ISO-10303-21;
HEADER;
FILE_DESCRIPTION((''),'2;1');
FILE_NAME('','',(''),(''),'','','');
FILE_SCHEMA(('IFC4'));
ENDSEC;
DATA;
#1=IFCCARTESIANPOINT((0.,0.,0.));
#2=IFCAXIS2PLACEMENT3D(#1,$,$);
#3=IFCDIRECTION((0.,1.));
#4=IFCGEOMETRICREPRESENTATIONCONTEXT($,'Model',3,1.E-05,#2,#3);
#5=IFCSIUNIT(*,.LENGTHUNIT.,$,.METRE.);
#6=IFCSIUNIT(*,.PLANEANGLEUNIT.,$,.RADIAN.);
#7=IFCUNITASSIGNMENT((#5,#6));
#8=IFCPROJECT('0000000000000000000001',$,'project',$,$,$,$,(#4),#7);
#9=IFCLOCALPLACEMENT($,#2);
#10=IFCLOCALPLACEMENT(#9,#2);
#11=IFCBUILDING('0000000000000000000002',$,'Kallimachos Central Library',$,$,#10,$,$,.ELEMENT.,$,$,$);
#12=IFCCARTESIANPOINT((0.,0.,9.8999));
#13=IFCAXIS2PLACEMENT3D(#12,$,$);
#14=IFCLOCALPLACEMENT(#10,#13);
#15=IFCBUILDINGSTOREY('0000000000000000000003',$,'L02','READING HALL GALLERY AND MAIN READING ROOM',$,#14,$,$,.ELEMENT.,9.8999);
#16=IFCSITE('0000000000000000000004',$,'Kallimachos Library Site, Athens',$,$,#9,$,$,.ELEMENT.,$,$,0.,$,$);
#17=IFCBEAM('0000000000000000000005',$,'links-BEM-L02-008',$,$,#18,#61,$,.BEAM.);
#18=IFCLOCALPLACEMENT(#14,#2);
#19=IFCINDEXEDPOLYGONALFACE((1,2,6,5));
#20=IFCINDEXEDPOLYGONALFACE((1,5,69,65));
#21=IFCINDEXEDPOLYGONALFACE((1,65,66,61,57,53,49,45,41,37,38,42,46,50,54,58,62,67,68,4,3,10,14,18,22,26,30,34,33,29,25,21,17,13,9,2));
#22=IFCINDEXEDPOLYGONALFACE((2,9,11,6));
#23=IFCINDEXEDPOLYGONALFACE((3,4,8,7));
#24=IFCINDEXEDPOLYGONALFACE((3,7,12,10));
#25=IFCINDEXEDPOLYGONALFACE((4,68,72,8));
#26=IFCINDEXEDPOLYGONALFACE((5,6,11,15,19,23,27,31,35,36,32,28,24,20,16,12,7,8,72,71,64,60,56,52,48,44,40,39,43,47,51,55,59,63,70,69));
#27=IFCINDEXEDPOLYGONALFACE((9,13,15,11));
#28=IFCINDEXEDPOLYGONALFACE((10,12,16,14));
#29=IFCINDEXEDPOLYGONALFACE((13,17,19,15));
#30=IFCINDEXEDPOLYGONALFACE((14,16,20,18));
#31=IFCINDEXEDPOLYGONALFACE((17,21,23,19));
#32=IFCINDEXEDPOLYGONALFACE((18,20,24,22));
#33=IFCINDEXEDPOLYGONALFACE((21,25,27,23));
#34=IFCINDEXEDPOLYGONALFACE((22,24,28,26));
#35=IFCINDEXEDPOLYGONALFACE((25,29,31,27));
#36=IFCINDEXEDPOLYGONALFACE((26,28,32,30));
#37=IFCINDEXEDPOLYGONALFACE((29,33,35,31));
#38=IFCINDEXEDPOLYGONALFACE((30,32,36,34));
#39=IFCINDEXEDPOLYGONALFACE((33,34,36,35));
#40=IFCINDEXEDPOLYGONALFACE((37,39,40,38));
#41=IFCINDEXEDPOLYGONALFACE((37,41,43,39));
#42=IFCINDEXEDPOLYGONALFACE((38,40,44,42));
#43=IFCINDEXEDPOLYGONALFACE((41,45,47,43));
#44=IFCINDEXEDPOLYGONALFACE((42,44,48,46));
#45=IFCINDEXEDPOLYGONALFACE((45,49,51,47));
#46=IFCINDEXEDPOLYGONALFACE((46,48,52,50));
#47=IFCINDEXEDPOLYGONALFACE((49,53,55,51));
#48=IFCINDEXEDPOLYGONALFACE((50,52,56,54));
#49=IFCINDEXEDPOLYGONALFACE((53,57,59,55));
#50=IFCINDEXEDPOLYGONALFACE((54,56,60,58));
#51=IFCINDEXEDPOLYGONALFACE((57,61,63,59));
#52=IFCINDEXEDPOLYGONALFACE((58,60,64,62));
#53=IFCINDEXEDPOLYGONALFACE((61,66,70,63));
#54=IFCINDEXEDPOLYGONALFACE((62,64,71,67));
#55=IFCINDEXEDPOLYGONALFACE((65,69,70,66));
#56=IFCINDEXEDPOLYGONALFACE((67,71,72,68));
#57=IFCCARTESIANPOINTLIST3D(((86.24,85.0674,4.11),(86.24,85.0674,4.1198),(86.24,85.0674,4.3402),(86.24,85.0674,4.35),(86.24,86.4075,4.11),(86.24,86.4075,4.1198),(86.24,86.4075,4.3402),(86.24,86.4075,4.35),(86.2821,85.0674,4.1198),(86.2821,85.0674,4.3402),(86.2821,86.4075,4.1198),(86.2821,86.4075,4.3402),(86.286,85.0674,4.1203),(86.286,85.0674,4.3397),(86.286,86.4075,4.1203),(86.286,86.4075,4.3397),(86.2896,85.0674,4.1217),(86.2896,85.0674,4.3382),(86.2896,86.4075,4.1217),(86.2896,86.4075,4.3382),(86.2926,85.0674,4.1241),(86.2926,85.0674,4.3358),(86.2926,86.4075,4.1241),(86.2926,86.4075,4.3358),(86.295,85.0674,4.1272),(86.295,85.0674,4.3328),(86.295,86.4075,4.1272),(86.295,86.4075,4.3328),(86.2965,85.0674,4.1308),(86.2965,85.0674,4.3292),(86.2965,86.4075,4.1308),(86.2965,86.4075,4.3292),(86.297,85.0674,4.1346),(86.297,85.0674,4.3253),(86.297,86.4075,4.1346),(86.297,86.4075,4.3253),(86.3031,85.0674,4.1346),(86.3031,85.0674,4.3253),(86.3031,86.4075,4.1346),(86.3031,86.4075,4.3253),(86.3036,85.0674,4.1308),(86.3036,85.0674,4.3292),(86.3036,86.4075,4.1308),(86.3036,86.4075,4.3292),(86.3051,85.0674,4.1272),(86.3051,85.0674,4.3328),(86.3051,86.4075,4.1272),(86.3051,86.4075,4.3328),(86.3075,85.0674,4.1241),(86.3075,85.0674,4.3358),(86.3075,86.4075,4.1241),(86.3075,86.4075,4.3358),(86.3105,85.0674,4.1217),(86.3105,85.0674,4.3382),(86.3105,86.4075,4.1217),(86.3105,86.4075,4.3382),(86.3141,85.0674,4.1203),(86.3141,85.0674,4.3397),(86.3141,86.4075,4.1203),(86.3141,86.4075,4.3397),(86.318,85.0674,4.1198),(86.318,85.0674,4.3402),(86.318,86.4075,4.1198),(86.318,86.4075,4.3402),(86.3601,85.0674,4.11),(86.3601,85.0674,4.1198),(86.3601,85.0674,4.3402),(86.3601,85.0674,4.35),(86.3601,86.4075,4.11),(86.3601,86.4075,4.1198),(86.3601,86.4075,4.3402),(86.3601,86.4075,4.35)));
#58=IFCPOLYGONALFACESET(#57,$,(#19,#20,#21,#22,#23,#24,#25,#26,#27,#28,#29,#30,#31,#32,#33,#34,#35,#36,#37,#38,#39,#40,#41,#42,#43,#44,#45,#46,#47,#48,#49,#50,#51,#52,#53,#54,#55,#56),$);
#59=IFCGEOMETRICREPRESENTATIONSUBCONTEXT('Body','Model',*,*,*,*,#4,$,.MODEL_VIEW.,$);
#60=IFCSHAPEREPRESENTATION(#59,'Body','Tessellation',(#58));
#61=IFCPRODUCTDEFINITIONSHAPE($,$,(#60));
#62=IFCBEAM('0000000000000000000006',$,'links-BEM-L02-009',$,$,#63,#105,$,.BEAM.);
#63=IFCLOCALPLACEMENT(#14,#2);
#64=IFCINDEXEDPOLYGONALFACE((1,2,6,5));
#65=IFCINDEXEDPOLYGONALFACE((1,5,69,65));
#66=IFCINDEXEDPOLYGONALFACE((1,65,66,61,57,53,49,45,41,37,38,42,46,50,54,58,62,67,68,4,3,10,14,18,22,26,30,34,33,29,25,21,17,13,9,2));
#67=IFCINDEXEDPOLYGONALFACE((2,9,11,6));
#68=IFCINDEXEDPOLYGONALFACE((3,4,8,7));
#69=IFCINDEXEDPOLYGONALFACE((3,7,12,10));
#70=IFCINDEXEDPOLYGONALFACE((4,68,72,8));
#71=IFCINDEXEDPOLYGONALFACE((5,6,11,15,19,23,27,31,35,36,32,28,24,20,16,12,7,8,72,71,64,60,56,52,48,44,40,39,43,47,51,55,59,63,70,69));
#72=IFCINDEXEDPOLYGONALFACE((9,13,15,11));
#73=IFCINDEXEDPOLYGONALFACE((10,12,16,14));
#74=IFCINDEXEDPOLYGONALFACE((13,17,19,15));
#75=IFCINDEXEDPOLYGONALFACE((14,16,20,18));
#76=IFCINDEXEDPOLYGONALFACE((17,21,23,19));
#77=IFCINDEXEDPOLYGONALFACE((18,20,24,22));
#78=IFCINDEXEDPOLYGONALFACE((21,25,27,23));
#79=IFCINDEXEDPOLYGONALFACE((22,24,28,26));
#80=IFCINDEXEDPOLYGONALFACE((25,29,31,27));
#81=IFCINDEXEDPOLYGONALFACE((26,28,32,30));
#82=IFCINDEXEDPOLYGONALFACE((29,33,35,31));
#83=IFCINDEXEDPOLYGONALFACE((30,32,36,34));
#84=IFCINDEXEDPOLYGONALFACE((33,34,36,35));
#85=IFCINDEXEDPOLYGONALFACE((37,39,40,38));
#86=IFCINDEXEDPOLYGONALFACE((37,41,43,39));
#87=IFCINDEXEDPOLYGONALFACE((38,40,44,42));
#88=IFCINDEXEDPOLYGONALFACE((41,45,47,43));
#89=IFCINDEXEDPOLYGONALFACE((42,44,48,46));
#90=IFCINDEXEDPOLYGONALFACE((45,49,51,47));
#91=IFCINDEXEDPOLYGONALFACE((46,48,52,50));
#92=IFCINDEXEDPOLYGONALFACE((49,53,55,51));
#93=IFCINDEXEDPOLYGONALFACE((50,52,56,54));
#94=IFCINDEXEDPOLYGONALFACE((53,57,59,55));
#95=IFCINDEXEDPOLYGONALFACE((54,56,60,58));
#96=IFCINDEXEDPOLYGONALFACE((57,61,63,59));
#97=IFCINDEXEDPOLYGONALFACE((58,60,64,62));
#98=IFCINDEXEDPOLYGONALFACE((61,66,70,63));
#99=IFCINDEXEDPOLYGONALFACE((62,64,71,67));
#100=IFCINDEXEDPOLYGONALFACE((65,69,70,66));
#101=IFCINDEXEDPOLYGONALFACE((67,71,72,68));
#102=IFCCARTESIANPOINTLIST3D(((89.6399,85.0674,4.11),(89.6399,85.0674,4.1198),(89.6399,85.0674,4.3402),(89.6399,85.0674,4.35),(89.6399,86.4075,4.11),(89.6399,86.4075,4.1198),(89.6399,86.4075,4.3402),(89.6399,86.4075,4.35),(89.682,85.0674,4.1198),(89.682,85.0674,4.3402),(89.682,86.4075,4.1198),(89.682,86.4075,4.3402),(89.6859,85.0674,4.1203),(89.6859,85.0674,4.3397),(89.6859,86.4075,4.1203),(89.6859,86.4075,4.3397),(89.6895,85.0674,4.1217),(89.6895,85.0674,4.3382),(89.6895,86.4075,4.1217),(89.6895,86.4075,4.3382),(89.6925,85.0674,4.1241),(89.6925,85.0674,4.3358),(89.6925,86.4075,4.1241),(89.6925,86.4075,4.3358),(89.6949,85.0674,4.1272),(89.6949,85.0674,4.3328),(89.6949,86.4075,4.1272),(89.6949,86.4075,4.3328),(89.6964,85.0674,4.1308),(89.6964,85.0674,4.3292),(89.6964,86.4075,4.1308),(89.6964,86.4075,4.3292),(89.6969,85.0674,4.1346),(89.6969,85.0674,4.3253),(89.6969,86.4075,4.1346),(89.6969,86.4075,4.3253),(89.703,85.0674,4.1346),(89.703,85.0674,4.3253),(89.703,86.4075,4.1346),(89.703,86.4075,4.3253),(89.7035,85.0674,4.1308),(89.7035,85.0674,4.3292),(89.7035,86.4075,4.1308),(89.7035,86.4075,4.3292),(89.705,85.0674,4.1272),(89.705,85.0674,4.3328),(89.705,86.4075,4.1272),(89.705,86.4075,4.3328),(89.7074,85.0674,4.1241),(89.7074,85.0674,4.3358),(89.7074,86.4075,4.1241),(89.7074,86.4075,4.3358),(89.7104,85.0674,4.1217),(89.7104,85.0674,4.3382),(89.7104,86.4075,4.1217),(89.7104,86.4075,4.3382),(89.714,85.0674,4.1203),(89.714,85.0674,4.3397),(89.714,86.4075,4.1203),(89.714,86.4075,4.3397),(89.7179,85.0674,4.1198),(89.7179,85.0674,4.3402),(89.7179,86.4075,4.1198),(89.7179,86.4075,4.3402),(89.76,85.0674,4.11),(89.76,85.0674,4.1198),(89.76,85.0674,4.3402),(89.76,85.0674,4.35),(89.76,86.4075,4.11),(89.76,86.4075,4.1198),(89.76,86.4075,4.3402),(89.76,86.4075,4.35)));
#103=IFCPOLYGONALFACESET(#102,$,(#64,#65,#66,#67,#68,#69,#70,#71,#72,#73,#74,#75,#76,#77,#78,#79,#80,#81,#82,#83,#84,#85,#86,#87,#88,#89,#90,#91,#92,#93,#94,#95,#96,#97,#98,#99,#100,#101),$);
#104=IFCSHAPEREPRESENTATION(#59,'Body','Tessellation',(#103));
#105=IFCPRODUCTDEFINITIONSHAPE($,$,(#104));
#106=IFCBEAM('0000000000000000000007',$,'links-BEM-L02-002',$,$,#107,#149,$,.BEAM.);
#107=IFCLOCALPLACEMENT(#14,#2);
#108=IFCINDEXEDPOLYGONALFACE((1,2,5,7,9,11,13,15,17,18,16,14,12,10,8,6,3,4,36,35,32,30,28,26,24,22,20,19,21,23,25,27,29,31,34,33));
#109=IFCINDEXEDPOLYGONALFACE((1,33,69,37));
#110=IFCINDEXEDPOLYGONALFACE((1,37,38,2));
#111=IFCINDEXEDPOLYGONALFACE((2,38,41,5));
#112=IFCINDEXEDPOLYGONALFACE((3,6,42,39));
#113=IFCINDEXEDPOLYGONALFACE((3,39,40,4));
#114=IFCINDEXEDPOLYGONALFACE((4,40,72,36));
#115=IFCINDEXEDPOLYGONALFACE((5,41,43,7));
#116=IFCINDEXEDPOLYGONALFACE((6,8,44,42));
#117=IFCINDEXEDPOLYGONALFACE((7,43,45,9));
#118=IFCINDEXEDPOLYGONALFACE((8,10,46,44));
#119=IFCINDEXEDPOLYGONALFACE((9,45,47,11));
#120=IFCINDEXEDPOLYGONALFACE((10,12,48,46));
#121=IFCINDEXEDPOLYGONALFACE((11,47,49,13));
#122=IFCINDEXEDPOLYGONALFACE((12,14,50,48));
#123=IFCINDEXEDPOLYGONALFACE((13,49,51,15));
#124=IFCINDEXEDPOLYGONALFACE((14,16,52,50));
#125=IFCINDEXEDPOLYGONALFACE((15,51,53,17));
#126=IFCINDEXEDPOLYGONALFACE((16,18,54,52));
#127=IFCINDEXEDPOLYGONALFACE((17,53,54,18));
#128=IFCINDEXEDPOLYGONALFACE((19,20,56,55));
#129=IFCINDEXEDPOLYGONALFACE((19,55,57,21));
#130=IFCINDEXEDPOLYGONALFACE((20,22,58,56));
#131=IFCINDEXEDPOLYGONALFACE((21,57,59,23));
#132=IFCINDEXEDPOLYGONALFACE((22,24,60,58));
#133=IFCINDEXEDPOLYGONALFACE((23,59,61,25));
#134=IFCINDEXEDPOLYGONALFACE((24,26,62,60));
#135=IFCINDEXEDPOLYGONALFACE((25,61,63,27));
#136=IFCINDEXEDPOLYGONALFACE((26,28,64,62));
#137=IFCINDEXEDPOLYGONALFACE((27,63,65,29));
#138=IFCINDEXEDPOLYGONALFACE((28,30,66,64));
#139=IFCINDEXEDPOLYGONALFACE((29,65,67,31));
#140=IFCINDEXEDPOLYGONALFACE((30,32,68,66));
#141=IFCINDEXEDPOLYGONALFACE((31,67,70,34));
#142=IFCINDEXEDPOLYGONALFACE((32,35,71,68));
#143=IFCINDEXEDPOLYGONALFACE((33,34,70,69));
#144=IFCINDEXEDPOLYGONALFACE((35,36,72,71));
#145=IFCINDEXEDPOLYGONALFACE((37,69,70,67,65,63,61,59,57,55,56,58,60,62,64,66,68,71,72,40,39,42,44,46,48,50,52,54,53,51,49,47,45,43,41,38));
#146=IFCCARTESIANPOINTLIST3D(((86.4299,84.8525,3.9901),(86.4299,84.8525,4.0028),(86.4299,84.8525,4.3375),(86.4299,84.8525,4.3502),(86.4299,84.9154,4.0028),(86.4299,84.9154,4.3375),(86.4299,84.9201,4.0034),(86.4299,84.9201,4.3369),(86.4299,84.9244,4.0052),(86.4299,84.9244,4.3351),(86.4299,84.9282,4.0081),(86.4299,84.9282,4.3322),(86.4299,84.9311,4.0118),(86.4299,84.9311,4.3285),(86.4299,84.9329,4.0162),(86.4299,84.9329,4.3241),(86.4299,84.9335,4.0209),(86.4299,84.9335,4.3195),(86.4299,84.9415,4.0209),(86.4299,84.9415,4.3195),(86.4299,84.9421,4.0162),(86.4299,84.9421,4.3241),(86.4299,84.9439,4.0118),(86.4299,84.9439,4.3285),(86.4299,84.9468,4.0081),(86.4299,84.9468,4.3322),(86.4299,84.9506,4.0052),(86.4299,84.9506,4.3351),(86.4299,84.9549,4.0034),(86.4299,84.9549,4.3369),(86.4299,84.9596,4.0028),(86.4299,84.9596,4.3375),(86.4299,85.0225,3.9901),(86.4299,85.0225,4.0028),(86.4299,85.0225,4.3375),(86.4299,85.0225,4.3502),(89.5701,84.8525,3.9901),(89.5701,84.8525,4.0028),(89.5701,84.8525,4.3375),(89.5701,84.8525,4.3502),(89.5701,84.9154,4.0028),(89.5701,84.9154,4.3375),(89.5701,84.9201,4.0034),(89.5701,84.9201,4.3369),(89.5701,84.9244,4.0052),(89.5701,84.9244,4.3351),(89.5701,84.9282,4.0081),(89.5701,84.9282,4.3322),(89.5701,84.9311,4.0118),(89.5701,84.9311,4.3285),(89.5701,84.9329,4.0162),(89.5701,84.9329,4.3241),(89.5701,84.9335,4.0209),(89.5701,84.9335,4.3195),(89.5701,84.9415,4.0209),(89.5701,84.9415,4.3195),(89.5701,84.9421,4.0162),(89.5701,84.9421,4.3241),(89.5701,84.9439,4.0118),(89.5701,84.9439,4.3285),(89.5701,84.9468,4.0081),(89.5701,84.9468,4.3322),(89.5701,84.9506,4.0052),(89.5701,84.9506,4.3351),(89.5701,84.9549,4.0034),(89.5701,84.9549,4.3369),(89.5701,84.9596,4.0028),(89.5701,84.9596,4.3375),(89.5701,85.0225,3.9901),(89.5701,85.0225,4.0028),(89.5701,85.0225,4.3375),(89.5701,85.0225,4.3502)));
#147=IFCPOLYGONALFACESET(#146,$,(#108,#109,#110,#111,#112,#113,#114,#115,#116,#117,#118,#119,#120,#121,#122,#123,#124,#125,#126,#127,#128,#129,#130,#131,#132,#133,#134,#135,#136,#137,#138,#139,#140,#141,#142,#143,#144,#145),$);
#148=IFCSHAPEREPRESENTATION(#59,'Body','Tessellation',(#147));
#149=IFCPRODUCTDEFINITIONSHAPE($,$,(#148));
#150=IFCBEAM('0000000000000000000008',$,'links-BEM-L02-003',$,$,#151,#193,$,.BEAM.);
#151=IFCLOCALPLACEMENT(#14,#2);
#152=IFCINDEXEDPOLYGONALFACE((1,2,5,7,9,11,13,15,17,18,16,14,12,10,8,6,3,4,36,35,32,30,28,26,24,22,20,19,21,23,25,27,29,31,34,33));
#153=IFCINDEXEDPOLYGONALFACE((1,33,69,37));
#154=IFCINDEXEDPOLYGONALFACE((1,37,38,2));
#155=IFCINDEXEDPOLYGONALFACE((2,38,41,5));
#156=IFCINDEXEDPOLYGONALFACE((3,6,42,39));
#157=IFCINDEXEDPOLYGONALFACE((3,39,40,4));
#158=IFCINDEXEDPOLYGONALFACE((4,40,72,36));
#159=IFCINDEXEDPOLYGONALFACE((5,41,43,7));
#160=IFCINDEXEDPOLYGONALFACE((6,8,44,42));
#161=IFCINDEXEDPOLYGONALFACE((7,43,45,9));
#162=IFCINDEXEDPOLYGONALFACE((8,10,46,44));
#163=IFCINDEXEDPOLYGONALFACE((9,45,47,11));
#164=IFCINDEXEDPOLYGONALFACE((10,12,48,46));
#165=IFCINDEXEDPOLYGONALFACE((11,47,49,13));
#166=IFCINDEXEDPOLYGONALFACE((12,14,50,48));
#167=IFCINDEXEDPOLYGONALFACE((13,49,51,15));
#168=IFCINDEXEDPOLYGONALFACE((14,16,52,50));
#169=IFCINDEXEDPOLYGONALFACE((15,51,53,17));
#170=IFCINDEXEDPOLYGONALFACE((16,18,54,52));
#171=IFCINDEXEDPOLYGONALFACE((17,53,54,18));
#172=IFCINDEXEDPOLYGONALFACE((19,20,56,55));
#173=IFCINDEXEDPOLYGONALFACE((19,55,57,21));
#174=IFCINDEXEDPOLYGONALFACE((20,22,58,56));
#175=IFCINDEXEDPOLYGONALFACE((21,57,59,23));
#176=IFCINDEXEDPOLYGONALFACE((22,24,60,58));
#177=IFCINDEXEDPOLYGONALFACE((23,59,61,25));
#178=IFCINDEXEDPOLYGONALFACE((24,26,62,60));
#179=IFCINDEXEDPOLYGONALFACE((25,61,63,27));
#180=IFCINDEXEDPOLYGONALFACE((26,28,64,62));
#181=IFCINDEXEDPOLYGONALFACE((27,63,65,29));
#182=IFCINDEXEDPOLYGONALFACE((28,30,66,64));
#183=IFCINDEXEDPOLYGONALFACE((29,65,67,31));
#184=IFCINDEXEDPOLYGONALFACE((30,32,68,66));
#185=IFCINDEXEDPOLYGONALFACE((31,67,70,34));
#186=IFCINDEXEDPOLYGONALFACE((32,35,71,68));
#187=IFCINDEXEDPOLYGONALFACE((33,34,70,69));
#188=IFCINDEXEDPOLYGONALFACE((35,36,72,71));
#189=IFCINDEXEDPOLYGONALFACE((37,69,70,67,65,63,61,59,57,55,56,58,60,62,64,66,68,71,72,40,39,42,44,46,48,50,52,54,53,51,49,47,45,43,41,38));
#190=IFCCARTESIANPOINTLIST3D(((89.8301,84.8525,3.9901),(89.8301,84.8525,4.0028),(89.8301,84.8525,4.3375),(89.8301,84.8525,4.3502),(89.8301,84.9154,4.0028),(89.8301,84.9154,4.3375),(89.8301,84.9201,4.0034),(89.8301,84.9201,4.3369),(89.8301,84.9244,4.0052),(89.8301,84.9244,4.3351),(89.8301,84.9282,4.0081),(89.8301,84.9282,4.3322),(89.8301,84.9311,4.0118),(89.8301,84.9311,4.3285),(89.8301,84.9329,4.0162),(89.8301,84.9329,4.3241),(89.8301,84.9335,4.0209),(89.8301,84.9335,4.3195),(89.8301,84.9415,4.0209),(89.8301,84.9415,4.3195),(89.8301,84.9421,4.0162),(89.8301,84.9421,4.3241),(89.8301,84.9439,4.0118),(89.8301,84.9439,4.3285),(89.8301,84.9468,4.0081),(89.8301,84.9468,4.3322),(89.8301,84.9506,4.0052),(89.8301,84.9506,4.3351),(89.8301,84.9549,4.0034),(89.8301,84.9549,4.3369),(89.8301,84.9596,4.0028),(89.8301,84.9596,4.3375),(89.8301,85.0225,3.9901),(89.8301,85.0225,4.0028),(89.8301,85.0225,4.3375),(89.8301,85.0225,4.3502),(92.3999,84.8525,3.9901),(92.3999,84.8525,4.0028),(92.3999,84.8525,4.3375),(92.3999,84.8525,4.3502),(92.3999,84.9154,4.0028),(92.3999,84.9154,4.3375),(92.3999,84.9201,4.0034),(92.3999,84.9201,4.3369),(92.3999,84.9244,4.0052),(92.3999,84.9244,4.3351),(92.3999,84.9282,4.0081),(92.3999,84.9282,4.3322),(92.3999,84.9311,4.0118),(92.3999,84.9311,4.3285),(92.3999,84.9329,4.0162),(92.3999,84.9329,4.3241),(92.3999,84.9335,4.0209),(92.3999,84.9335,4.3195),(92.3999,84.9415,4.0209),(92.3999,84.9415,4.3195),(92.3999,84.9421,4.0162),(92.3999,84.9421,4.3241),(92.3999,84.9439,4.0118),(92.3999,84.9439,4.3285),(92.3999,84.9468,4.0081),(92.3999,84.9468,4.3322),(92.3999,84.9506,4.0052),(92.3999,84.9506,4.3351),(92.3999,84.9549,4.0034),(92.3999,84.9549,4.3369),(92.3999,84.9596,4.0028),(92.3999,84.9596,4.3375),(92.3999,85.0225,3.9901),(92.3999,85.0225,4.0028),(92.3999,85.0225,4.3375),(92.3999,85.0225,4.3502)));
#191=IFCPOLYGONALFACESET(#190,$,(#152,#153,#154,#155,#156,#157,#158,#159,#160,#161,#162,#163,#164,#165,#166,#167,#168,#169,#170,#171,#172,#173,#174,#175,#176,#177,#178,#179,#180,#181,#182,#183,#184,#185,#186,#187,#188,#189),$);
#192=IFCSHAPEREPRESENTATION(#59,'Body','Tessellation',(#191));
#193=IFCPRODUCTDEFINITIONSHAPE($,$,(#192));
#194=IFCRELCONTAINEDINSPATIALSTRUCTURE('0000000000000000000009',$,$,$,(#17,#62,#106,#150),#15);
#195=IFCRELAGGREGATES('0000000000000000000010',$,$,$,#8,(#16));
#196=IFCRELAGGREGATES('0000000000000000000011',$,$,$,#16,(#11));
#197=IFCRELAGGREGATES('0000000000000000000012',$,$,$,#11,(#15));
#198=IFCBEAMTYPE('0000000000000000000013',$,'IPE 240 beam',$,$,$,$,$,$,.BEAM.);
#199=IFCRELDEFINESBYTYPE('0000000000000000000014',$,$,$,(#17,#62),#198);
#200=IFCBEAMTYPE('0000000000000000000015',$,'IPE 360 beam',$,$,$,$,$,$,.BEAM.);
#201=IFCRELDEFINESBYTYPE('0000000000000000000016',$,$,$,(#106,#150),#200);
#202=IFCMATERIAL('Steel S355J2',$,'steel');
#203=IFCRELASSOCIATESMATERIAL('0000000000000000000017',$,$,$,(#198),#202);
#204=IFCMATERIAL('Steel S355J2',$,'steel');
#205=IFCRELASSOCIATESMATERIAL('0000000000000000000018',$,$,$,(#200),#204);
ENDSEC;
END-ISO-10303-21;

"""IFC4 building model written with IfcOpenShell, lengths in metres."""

from ifc_helpers import new_model, si_unit, direction, frame, origin, origin_2d, place, context, subcontext, project, spatial, i_section, extrude, material, material_profile, profile_set, type_object, element, save


model = new_model("IFC4")

# Units and contexts
model_context = context("Model", 3, precision=1e-05, world=origin(), true_north=direction((0.0, 1.0)))
body_context = subcontext(model_context, "Body", "Model", "MODEL_VIEW")
ifc_project = project(units=[si_unit("LENGTHUNIT", "METRE"), si_unit("PLANEANGLEUNIT", "RADIAN")], contexts=[model_context])

# Site, building, storey
site_placement = place(None, origin())
site = spatial("IfcSite", under=ifc_project, at=site_placement, Name="Kallimachos Library Site, Athens", CompositionType="ELEMENT", RefElevation=0.0)
building_placement = place(site_placement, origin())
building = spatial("IfcBuilding", under=site, at=building_placement, Name="Kallimachos Central Library", CompositionType="ELEMENT")
storey_placement = place(building_placement, frame((0.0, 0.0, 9.8999)))
storey = spatial("IfcBuildingStorey", under=building, at=storey_placement, Name="L02", Description="READING HALL GALLERY AND MAIN READING ROOM", CompositionType="ELEMENT", Elevation=9.8999)

# Beams
ifc_material_1 = material(Name="Steel S355J2", Category="steel")
ifc_material_profile_1 = material_profile(ifc_material_1, i_section(OverallWidth=0.1201, OverallDepth=0.24, WebThickness=0.0061, FlangeThickness=0.0098, FilletRadius=0.0149, at=origin_2d()), Name="IPE 240")
ifc_profile_set_1 = profile_set([ifc_material_profile_1], Name="Steel S355J2")
beam_type_1 = type_object("IfcBeamType", Name="IPE 240 beam", PredefinedType="BEAM", material=ifc_profile_set_1)
for number, where, z_axis, x_axis, name in (
    (1, (86.3, 85.0674, 4.23), (0.0, 1.0, 0.0), (-1.0, 0.0, 0.0), "links-BEM-L02-008"),
    (2, (89.7, 85.0674, 4.23), (0.0, 1.0, 0.0), (-1.0, 0.0, 0.0), "links-BEM-L02-009"),
):
    element("IfcBeam", number, at=place(storey_placement, frame(where, z_axis=z_axis, x_axis=x_axis)), inside=storey, type_object=beam_type_1, Name=name, PredefinedType="BEAM", context=body_context, shape_type="SweptSolid", body=[
        extrude(i_section(OverallWidth=0.1201, OverallDepth=0.24, WebThickness=0.0061, FlangeThickness=0.0098, FilletRadius=0.0149, at=origin_2d()), origin(), (0.0, 0.0, 1.0), 1.3401),
    ])
ifc_material_2 = material(Name="Steel S355J2", Category="steel")
ifc_material_profile_2 = material_profile(ifc_material_2, i_section(OverallWidth=0.1699, OverallDepth=0.3601, WebThickness=0.0081, FlangeThickness=0.0127, FilletRadius=0.0181, at=origin_2d()), Name="IPE 360")
ifc_profile_set_2 = profile_set([ifc_material_profile_2], Name="Steel S355J2")
beam_type_2 = type_object("IfcBeamType", Name="IPE 360 beam", PredefinedType="BEAM", material=ifc_profile_set_2)
beam_1_placement = place(storey_placement, frame((86.4299, 84.9375, 4.1702), z_axis=(1.0, 0.0, 0.0), x_axis=(0.0, 1.0, 0.0)))
element("IfcBeam", 3, at=beam_1_placement, inside=storey, type_object=beam_type_2, Name="links-BEM-L02-002", PredefinedType="BEAM", context=body_context, shape_type="SweptSolid", body=[
    extrude(i_section(OverallWidth=0.1699, OverallDepth=0.3601, WebThickness=0.0081, FlangeThickness=0.0127, FilletRadius=0.0181, at=origin_2d()), origin(), (0.0, 0.0, 1.0), 3.1401),
])
beam_2_placement = place(storey_placement, frame((89.8301, 84.9375, 4.1702), z_axis=(1.0, 0.0, 0.0), x_axis=(0.0, 1.0, 0.0)))
element("IfcBeam", 4, at=beam_2_placement, inside=storey, type_object=beam_type_2, Name="links-BEM-L02-003", PredefinedType="BEAM", context=body_context, shape_type="SweptSolid", body=[
    extrude(i_section(OverallWidth=0.1699, OverallDepth=0.3601, WebThickness=0.0081, FlangeThickness=0.0127, FilletRadius=0.0181, at=origin_2d()), origin(), (0.0, 0.0, 1.0), 2.5698),
])

save(model, "model.ifc")
